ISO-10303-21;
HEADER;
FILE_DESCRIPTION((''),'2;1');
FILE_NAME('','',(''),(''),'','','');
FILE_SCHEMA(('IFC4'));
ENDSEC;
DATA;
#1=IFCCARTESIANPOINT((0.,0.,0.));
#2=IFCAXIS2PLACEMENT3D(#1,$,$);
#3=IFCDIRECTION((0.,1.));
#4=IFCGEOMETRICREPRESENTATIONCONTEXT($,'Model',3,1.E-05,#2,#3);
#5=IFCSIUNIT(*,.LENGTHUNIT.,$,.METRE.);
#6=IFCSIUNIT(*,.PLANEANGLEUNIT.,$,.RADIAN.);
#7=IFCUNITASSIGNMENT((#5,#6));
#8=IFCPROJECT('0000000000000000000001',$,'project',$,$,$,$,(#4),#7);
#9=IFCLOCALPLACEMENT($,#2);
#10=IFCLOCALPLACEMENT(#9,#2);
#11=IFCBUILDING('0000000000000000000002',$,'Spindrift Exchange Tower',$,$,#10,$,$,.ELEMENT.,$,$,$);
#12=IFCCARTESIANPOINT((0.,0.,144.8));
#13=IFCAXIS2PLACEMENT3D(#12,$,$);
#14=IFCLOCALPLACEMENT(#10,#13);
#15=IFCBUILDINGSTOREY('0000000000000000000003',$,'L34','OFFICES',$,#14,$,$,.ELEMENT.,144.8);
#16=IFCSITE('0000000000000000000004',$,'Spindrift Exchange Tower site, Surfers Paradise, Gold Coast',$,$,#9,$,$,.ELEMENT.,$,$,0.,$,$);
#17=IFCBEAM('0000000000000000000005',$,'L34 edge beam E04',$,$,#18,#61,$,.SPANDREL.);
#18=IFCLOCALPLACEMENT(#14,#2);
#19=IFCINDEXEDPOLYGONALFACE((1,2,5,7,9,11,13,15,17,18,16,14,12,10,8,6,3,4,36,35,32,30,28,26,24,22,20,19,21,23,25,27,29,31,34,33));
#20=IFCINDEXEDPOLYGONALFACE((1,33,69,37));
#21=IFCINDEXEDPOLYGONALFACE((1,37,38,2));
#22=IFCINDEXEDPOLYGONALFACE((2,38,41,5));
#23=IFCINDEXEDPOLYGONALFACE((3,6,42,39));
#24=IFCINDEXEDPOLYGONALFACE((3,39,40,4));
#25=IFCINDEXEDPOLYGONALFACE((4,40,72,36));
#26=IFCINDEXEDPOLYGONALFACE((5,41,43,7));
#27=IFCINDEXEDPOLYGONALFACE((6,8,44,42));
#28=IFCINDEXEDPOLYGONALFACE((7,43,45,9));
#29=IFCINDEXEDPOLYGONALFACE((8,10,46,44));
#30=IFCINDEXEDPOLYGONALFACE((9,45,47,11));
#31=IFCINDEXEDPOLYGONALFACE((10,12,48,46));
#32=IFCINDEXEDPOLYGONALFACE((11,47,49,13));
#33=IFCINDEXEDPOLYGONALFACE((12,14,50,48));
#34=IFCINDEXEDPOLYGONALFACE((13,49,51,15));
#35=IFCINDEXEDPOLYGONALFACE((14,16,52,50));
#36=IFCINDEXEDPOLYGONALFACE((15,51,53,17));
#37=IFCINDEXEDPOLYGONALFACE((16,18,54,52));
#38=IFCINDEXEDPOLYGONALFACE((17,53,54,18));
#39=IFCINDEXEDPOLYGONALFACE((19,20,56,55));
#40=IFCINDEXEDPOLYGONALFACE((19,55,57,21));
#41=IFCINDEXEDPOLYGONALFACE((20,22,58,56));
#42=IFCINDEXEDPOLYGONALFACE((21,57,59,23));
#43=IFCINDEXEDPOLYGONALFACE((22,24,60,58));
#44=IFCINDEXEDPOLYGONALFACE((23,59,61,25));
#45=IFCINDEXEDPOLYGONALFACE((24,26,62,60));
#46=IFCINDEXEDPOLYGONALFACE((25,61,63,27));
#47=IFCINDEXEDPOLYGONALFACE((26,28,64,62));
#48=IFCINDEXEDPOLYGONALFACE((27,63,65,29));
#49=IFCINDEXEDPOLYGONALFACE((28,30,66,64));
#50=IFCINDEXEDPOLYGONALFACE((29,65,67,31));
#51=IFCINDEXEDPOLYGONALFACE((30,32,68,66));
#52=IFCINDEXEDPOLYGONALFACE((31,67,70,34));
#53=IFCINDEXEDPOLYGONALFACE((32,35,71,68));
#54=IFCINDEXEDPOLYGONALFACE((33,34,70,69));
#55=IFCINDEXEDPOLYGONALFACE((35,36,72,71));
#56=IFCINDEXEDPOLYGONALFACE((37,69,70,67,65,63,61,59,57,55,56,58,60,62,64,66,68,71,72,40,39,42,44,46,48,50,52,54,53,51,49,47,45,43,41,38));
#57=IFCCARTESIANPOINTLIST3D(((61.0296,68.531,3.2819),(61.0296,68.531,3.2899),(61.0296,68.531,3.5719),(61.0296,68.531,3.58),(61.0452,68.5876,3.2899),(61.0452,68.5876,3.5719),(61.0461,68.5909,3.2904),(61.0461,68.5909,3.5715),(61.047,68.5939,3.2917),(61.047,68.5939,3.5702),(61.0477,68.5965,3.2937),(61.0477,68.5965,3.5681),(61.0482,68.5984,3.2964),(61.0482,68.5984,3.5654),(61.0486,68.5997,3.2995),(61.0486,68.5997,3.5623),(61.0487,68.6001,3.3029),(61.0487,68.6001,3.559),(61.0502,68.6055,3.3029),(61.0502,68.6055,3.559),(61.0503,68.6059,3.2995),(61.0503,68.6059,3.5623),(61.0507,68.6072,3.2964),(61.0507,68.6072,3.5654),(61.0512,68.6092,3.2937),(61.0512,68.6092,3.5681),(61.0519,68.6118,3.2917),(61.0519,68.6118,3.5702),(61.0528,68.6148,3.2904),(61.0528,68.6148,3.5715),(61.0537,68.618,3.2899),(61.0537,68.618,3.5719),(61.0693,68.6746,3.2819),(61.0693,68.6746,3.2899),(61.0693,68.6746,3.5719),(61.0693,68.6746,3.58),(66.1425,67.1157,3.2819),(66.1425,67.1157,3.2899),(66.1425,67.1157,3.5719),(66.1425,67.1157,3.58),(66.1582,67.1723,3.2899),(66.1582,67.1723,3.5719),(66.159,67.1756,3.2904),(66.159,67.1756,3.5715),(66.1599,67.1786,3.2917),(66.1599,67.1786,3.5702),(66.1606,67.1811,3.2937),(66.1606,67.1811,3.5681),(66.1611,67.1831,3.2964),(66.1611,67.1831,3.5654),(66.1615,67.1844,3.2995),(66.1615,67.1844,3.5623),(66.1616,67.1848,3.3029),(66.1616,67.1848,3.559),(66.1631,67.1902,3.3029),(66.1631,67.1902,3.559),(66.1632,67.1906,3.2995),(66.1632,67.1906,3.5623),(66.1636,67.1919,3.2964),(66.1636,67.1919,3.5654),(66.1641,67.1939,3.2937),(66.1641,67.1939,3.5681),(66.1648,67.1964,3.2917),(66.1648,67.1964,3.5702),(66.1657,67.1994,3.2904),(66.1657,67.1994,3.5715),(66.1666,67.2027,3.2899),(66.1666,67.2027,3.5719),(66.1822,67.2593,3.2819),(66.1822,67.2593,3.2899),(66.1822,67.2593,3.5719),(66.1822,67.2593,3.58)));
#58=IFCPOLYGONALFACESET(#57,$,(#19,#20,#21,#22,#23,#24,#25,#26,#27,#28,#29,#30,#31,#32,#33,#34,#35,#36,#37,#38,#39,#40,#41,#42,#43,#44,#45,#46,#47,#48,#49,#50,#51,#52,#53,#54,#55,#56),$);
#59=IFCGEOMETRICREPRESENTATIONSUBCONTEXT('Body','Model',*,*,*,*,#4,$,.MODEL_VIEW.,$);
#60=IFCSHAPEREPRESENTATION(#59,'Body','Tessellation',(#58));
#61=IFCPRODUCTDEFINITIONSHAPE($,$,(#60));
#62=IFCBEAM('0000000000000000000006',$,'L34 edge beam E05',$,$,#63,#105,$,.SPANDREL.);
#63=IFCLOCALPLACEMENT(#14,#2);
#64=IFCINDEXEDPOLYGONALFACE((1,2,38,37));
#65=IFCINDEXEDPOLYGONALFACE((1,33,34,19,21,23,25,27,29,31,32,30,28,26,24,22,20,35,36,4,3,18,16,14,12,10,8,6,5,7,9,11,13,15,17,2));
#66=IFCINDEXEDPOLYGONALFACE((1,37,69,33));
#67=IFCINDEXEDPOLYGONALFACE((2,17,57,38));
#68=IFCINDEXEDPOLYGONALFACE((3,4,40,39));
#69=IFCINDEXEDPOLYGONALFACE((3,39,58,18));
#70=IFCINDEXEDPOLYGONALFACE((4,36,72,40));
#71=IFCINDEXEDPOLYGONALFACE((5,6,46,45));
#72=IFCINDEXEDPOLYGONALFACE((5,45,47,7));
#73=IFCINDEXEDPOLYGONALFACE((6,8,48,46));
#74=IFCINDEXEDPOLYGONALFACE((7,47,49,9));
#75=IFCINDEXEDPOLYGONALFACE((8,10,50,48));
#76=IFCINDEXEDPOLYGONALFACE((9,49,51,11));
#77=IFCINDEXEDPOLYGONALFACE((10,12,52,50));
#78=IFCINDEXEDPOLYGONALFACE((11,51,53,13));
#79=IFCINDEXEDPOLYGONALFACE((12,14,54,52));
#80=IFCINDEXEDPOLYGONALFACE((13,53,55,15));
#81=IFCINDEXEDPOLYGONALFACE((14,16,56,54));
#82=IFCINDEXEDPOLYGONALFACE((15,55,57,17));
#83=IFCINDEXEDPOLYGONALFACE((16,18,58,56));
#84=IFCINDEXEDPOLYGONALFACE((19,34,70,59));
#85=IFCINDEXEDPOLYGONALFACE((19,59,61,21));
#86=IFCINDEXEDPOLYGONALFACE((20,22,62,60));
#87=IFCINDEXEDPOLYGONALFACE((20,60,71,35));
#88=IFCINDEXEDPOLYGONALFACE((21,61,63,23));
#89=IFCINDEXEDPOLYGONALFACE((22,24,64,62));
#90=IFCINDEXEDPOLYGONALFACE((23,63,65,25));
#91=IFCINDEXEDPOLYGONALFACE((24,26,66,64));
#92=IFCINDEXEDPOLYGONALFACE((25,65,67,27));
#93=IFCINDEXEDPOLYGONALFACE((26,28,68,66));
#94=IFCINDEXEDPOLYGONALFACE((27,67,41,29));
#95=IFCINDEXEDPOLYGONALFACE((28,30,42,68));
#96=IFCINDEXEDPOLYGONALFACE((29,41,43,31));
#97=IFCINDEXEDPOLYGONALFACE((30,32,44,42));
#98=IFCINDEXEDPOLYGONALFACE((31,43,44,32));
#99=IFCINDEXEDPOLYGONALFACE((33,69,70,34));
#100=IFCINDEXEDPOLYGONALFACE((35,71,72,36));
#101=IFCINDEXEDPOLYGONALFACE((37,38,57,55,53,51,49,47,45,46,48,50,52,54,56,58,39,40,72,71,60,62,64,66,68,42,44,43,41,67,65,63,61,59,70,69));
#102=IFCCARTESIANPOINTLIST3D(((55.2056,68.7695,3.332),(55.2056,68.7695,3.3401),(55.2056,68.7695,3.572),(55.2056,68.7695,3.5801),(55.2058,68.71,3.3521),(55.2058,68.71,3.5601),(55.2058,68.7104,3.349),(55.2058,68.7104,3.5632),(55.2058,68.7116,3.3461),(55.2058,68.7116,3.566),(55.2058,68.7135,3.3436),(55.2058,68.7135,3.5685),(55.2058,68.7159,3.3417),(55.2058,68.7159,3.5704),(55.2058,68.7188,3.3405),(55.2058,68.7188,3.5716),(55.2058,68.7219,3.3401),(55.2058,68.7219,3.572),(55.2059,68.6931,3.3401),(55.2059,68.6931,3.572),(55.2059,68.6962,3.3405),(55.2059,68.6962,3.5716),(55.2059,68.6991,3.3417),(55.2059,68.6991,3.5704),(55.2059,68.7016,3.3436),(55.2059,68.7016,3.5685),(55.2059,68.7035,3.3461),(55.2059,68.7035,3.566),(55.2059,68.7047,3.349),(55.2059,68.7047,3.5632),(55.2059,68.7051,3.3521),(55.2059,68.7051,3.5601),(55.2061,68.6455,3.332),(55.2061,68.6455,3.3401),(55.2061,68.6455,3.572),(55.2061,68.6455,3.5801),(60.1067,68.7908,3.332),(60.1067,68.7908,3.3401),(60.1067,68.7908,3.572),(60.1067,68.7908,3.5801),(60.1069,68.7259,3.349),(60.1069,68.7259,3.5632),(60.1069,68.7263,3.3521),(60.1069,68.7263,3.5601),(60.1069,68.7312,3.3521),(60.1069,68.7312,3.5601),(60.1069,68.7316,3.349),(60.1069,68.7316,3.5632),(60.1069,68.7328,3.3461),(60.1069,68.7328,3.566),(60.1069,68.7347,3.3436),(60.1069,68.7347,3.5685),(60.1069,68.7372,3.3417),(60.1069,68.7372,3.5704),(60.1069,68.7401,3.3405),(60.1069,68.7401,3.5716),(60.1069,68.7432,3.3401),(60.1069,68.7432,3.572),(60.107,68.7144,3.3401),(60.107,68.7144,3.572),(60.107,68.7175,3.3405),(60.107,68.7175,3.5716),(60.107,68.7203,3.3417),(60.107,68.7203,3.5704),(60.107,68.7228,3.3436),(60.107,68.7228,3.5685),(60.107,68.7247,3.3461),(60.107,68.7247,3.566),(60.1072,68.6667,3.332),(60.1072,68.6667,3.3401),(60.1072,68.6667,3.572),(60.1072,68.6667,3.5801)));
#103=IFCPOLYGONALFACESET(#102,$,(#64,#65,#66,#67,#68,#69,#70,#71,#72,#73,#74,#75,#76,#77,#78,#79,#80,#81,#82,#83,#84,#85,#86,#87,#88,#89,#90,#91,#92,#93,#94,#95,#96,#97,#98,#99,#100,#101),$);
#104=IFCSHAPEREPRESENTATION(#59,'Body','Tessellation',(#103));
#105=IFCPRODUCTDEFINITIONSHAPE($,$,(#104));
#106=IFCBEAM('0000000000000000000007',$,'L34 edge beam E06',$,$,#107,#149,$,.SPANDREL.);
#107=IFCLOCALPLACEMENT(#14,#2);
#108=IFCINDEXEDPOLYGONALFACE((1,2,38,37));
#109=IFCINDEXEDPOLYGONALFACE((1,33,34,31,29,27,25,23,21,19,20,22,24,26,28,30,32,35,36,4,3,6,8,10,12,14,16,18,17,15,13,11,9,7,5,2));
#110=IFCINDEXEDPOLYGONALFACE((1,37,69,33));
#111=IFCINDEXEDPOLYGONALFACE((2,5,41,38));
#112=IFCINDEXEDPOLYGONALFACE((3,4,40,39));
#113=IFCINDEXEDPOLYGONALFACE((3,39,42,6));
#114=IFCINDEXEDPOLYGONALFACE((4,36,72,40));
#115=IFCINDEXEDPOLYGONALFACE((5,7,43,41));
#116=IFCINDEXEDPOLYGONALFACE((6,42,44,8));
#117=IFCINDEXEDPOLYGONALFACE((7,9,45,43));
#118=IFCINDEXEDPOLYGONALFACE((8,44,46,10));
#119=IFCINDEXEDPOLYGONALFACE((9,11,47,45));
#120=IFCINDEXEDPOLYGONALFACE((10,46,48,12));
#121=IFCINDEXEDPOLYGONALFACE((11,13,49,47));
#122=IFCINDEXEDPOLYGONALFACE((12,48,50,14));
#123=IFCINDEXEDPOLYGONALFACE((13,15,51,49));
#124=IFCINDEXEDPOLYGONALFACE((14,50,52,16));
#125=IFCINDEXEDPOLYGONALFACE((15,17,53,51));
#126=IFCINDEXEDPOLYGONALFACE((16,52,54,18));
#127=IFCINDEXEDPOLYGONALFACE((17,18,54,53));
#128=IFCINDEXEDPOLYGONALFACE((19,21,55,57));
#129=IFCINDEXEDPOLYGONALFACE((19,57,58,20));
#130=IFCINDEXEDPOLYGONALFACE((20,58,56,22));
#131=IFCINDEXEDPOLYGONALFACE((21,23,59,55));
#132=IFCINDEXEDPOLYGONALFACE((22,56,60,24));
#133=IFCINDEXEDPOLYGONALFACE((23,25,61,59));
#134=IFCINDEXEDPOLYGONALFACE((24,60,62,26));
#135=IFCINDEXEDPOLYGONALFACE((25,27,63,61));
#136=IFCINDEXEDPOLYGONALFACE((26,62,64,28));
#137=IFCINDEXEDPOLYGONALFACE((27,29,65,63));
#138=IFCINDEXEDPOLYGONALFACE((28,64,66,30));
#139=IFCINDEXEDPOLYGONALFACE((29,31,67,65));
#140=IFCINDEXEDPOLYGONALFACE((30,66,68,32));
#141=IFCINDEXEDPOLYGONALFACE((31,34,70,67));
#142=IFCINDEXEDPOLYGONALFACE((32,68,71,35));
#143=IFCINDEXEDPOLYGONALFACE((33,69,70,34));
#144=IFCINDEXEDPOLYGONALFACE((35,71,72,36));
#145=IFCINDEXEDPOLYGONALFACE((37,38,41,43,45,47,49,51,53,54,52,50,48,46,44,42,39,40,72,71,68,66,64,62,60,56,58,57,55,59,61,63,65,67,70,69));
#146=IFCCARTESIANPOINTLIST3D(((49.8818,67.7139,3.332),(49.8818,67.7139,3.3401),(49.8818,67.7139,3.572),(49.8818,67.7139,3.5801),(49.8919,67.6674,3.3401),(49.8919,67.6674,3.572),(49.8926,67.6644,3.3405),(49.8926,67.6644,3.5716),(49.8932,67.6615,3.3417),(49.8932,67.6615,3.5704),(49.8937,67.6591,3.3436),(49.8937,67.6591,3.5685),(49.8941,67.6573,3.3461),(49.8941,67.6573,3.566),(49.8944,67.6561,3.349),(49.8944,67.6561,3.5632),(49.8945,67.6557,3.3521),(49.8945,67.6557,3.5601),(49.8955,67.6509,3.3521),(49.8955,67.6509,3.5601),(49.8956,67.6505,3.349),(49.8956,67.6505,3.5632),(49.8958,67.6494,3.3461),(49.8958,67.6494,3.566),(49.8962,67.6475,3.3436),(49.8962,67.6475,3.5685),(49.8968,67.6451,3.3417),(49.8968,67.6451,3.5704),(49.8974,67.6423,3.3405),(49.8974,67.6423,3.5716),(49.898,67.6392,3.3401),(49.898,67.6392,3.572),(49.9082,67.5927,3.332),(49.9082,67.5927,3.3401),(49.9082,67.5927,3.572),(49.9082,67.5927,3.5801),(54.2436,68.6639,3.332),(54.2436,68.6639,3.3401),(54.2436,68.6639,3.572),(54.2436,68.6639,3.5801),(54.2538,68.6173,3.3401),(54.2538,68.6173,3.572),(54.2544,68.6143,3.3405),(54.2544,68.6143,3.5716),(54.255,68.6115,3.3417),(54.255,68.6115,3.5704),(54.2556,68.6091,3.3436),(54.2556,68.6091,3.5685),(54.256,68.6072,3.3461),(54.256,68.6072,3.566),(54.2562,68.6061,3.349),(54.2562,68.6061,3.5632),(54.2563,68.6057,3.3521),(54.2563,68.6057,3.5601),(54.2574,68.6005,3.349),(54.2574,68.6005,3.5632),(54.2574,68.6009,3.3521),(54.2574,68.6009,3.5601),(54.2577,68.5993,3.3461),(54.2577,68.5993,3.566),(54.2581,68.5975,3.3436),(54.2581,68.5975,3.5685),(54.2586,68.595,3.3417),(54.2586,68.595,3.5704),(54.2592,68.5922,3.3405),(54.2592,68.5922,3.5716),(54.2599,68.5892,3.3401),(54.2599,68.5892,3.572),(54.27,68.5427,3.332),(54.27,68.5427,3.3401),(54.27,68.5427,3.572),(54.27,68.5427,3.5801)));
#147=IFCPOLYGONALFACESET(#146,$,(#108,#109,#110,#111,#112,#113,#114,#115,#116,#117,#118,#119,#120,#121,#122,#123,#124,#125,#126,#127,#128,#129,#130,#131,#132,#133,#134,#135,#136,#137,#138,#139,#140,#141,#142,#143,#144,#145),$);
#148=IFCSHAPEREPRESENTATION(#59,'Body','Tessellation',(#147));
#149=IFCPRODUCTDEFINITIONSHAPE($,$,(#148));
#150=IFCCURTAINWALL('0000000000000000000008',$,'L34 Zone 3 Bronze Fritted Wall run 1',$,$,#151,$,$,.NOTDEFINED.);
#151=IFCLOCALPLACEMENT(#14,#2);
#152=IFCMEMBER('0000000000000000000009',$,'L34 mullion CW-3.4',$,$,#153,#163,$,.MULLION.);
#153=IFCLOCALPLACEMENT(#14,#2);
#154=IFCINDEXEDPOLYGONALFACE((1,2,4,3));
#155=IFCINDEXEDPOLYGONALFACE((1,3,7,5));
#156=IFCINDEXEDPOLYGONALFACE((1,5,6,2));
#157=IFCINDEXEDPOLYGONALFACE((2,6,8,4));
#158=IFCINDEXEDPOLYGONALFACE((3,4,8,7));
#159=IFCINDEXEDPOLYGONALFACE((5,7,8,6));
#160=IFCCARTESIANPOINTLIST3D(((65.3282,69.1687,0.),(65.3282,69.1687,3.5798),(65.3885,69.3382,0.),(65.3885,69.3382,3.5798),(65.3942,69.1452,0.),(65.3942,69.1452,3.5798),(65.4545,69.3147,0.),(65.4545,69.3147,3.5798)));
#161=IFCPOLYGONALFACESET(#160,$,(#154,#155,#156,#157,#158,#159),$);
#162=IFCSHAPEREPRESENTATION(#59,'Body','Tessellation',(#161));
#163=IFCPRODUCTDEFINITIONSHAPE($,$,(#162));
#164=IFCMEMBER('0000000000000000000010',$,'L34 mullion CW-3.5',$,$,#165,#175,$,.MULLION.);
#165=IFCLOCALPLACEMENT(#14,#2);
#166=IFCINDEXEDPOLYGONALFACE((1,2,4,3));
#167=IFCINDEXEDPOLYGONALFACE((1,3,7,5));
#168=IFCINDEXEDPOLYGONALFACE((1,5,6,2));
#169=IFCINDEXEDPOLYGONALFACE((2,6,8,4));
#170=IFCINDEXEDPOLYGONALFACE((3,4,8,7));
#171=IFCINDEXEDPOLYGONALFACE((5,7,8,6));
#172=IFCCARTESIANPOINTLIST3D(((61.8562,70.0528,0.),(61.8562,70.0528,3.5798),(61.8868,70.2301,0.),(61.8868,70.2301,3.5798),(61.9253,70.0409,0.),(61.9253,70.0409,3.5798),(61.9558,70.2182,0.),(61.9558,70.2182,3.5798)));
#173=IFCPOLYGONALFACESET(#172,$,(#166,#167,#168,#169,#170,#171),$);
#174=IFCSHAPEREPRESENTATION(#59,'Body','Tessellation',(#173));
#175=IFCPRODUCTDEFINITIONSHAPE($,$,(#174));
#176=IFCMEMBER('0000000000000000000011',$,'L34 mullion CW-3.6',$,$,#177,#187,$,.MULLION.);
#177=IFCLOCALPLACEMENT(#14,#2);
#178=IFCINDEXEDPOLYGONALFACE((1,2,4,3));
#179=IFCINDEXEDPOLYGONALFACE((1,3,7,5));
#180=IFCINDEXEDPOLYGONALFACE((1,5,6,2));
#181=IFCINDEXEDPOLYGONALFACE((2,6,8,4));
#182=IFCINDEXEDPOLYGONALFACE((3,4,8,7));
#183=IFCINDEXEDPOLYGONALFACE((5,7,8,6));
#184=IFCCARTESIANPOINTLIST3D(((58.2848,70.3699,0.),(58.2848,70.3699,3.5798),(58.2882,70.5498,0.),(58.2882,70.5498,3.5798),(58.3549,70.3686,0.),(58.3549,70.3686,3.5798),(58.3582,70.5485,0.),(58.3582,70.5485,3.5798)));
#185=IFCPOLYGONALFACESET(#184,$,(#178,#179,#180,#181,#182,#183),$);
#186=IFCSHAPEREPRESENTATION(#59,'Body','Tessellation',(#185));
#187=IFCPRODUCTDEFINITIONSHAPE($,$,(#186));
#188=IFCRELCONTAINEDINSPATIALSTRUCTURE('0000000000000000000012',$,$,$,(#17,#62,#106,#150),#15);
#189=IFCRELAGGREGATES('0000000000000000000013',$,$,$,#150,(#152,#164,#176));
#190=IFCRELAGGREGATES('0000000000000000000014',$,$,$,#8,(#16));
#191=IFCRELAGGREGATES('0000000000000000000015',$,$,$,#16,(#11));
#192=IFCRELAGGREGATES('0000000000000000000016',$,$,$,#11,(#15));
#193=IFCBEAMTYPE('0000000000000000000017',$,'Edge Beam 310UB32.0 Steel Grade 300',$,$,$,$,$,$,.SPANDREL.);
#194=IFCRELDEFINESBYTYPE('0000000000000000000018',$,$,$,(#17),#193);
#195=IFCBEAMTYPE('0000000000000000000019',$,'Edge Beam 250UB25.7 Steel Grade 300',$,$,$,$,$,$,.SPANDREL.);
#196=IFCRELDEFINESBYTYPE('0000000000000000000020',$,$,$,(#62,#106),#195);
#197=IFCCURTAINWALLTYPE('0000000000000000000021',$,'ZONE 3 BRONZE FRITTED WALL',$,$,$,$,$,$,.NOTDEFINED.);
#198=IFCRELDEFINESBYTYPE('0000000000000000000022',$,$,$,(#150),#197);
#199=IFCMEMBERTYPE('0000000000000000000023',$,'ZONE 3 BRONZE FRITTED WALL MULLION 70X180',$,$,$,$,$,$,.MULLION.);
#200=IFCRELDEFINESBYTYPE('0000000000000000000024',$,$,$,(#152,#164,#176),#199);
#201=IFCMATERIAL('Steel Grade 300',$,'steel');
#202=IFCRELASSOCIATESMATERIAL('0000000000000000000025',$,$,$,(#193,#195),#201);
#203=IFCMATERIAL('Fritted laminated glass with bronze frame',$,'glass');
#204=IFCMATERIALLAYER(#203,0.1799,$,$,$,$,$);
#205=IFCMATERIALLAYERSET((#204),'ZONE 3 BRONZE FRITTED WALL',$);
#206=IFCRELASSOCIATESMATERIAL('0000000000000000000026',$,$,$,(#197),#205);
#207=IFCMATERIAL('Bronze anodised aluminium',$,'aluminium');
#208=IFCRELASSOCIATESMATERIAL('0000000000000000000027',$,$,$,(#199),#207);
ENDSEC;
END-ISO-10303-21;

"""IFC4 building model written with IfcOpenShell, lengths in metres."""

from ifc_helpers import new_model, si_unit, direction, frame, origin, origin_2d, place, context, subcontext, project, spatial, rectangle, i_section, extrude, source, transform, mapped, material, layer, layer_set, material_profile, profile_set, type_object, element, aggregate, save


model = new_model("IFC4")

# Units and contexts
model_context = context("Model", 3, precision=1e-05, world=origin(), true_north=direction((0.0, 1.0)))
body_context = subcontext(model_context, "Body", "Model", "MODEL_VIEW")
ifc_project = project(units=[si_unit("LENGTHUNIT", "METRE"), si_unit("PLANEANGLEUNIT", "RADIAN")], contexts=[model_context])

# Site, building, storey
site_placement = place(None, origin())
site = spatial("IfcSite", under=ifc_project, at=site_placement, Name="Spindrift Exchange Tower site, Surfers Paradise, Gold Coast", CompositionType="ELEMENT", RefElevation=0.0)
building_placement = place(site_placement, origin())
building = spatial("IfcBuilding", under=site, at=building_placement, Name="Spindrift Exchange Tower", CompositionType="ELEMENT")
storey_placement = place(building_placement, frame((0.0, 0.0, 144.8)))
storey = spatial("IfcBuildingStorey", under=building, at=storey_placement, Name="L34", Description="OFFICES", CompositionType="ELEMENT", Elevation=144.8)

# Beams
ifc_material_1 = material(Name="Steel Grade 300", Category="steel")
ifc_material_profile_1 = material_profile(ifc_material_1, i_section(OverallWidth=0.1489, OverallDepth=0.2981, WebThickness=0.0056, FlangeThickness=0.0081, FilletRadius=0.0129, at=origin_2d()), Name="310UB32.0")
ifc_profile_set_1 = profile_set([ifc_material_profile_1], Name="Steel Grade 300")
beam_type_1 = type_object("IfcBeamType", Name="Edge Beam 310UB32.0 Steel Grade 300", PredefinedType="SPANDREL", material=ifc_profile_set_1)
shared_shape_1 = source(origin(), body_context, "Body", "SweptSolid", [
    extrude(i_section(OverallWidth=0.1489, OverallDepth=0.2981, WebThickness=0.0056, FlangeThickness=0.0081, FilletRadius=0.0129, at=origin_2d()), origin(), (0.0, 0.0, 1.0), 5.3052),
])
beam_1_placement = place(storey_placement, frame((66.1624, 67.1875, 3.4309), z_axis=(-0.963758, 0.26678, 0.0), x_axis=(-0.26678, -0.963758, 0.0)))
element("IfcBeam", 1, at=beam_1_placement, inside=storey, type_object=beam_type_1, Name="L34 edge beam E04", PredefinedType="SPANDREL", context=body_context, shape_type="MappedRepresentation", body=[
    mapped(shared_shape_1, transform((0.0, 0.0, 0.0), scale=1.0)),
])
ifc_material_profile_2 = material_profile(ifc_material_1, i_section(OverallWidth=0.124, OverallDepth=0.248, WebThickness=0.0049, FlangeThickness=0.0081, FilletRadius=0.012, at=origin_2d()), Name="250UB25.7")
ifc_profile_set_2 = profile_set([ifc_material_profile_2], Name="Steel Grade 300")
beam_type_2 = type_object("IfcBeamType", Name="Edge Beam 250UB25.7 Steel Grade 300", PredefinedType="SPANDREL", material=ifc_profile_set_2)
shared_shape_2 = source(origin(), body_context, "Body", "SweptSolid", [
    extrude(i_section(OverallWidth=0.124, OverallDepth=0.248, WebThickness=0.0049, FlangeThickness=0.0081, FilletRadius=0.012, at=origin_2d()), origin(), (0.0, 0.0, 1.0), 4.9011),
])
beam_2_placement = place(storey_placement, frame((60.1069, 68.7288, 3.4561), z_axis=(-0.999991, -0.004334, 0.0), x_axis=(0.004334, -0.999991, 0.0)))
element("IfcBeam", 2, at=beam_2_placement, inside=storey, type_object=beam_type_2, Name="L34 edge beam E05", PredefinedType="SPANDREL", context=body_context, shape_type="MappedRepresentation", body=[
    mapped(shared_shape_2, transform((0.0, 0.0, 0.0), scale=1.0)),
])
shared_shape_3 = source(origin(), body_context, "Body", "SweptSolid", [
    extrude(i_section(OverallWidth=0.124, OverallDepth=0.248, WebThickness=0.0049, FlangeThickness=0.0081, FilletRadius=0.012, at=origin_2d()), origin(), (0.0, 0.0, 1.0), 4.4641),
])
beam_3_placement = place(storey_placement, frame((54.2568, 68.6033, 3.4561), z_axis=(-0.977096, -0.2128, 0.0), x_axis=(0.2128, -0.977096, 0.0)))
element("IfcBeam", 3, at=beam_3_placement, inside=storey, type_object=beam_type_2, Name="L34 edge beam E06", PredefinedType="SPANDREL", context=body_context, shape_type="MappedRepresentation", body=[
    mapped(shared_shape_3, transform((0.0, 0.0, 0.0), scale=1.0)),
])

# Curtain wall, members
ifc_material_2 = material(Name="Fritted laminated glass with bronze frame", Category="glass")
ifc_layer_1 = layer(ifc_material_2, 0.1799)
ifc_layer_set_1 = layer_set([ifc_layer_1], Name="ZONE 3 BRONZE FRITTED WALL")
curtain_wall_type = type_object("IfcCurtainWallType", Name="ZONE 3 BRONZE FRITTED WALL", PredefinedType="NOTDEFINED", material=ifc_layer_set_1)
curtain_wall_1_placement = place(storey_placement, origin())
curtain_wall_1 = element("IfcCurtainWall", 4, at=curtain_wall_1_placement, inside=storey, type_object=curtain_wall_type, Name="L34 Zone 3 Bronze Fritted Wall run 1", PredefinedType="NOTDEFINED")
ifc_material_3 = material(Name="Bronze anodised aluminium", Category="aluminium")
ifc_material_profile_3 = material_profile(ifc_material_3, rectangle(XDim=0.0701, YDim=0.1799, at=origin_2d()), Name="ZONE 3 BRONZE FRITTED WALL MULLION 70X180")
ifc_profile_set_3 = profile_set([ifc_material_profile_3], Name="Bronze anodised aluminium")
member_type_1 = type_object("IfcMemberType", Name="ZONE 3 BRONZE FRITTED WALL MULLION 70X180", PredefinedType="MULLION", material=ifc_profile_set_3)
shared_shape_4 = source(origin(), body_context, "Body", "SweptSolid", [
    extrude(rectangle(XDim=0.0701, YDim=0.1799, at=origin_2d()), origin(), (0.0, 0.0, 1.0), 3.5798),
])
member_1_placement = place(storey_placement, frame((65.3914, 69.2417, 0.0), z_axis=(0.0, 0.0, 1.0), x_axis=(-0.942022, 0.335552, 0.0)))
member_1 = element("IfcMember", 5, at=member_1_placement, type_object=member_type_1, Name="L34 mullion CW-3.4", PredefinedType="MULLION", context=body_context, shape_type="MappedRepresentation", body=[
    mapped(shared_shape_4, transform((0.0, 0.0, 0.0), scale=1.0)),
])
member_2_placement = place(storey_placement, frame((61.906, 70.1355, 0.0), z_axis=(0.0, 0.0, 1.0), x_axis=(-0.985489, 0.169738, 0.0)))
member_2 = element("IfcMember", 6, at=member_2_placement, type_object=member_type_1, Name="L34 mullion CW-3.5", PredefinedType="MULLION", context=body_context, shape_type="MappedRepresentation", body=[
    mapped(shared_shape_4, transform((0.0, 0.0, 0.0), scale=1.0)),
])
member_3_placement = place(storey_placement, frame((58.3215, 70.4592, 0.0), z_axis=(0.0, 0.0, 1.0), x_axis=(-0.999826, 0.018655, 0.0)))
member_3 = element("IfcMember", 7, at=member_3_placement, type_object=member_type_1, Name="L34 mullion CW-3.6", PredefinedType="MULLION", context=body_context, shape_type="MappedRepresentation", body=[
    mapped(shared_shape_4, transform((0.0, 0.0, 0.0), scale=1.0)),
])

aggregate(curtain_wall_1, [member_1, member_2, member_3])

save(model, "model.ifc")
